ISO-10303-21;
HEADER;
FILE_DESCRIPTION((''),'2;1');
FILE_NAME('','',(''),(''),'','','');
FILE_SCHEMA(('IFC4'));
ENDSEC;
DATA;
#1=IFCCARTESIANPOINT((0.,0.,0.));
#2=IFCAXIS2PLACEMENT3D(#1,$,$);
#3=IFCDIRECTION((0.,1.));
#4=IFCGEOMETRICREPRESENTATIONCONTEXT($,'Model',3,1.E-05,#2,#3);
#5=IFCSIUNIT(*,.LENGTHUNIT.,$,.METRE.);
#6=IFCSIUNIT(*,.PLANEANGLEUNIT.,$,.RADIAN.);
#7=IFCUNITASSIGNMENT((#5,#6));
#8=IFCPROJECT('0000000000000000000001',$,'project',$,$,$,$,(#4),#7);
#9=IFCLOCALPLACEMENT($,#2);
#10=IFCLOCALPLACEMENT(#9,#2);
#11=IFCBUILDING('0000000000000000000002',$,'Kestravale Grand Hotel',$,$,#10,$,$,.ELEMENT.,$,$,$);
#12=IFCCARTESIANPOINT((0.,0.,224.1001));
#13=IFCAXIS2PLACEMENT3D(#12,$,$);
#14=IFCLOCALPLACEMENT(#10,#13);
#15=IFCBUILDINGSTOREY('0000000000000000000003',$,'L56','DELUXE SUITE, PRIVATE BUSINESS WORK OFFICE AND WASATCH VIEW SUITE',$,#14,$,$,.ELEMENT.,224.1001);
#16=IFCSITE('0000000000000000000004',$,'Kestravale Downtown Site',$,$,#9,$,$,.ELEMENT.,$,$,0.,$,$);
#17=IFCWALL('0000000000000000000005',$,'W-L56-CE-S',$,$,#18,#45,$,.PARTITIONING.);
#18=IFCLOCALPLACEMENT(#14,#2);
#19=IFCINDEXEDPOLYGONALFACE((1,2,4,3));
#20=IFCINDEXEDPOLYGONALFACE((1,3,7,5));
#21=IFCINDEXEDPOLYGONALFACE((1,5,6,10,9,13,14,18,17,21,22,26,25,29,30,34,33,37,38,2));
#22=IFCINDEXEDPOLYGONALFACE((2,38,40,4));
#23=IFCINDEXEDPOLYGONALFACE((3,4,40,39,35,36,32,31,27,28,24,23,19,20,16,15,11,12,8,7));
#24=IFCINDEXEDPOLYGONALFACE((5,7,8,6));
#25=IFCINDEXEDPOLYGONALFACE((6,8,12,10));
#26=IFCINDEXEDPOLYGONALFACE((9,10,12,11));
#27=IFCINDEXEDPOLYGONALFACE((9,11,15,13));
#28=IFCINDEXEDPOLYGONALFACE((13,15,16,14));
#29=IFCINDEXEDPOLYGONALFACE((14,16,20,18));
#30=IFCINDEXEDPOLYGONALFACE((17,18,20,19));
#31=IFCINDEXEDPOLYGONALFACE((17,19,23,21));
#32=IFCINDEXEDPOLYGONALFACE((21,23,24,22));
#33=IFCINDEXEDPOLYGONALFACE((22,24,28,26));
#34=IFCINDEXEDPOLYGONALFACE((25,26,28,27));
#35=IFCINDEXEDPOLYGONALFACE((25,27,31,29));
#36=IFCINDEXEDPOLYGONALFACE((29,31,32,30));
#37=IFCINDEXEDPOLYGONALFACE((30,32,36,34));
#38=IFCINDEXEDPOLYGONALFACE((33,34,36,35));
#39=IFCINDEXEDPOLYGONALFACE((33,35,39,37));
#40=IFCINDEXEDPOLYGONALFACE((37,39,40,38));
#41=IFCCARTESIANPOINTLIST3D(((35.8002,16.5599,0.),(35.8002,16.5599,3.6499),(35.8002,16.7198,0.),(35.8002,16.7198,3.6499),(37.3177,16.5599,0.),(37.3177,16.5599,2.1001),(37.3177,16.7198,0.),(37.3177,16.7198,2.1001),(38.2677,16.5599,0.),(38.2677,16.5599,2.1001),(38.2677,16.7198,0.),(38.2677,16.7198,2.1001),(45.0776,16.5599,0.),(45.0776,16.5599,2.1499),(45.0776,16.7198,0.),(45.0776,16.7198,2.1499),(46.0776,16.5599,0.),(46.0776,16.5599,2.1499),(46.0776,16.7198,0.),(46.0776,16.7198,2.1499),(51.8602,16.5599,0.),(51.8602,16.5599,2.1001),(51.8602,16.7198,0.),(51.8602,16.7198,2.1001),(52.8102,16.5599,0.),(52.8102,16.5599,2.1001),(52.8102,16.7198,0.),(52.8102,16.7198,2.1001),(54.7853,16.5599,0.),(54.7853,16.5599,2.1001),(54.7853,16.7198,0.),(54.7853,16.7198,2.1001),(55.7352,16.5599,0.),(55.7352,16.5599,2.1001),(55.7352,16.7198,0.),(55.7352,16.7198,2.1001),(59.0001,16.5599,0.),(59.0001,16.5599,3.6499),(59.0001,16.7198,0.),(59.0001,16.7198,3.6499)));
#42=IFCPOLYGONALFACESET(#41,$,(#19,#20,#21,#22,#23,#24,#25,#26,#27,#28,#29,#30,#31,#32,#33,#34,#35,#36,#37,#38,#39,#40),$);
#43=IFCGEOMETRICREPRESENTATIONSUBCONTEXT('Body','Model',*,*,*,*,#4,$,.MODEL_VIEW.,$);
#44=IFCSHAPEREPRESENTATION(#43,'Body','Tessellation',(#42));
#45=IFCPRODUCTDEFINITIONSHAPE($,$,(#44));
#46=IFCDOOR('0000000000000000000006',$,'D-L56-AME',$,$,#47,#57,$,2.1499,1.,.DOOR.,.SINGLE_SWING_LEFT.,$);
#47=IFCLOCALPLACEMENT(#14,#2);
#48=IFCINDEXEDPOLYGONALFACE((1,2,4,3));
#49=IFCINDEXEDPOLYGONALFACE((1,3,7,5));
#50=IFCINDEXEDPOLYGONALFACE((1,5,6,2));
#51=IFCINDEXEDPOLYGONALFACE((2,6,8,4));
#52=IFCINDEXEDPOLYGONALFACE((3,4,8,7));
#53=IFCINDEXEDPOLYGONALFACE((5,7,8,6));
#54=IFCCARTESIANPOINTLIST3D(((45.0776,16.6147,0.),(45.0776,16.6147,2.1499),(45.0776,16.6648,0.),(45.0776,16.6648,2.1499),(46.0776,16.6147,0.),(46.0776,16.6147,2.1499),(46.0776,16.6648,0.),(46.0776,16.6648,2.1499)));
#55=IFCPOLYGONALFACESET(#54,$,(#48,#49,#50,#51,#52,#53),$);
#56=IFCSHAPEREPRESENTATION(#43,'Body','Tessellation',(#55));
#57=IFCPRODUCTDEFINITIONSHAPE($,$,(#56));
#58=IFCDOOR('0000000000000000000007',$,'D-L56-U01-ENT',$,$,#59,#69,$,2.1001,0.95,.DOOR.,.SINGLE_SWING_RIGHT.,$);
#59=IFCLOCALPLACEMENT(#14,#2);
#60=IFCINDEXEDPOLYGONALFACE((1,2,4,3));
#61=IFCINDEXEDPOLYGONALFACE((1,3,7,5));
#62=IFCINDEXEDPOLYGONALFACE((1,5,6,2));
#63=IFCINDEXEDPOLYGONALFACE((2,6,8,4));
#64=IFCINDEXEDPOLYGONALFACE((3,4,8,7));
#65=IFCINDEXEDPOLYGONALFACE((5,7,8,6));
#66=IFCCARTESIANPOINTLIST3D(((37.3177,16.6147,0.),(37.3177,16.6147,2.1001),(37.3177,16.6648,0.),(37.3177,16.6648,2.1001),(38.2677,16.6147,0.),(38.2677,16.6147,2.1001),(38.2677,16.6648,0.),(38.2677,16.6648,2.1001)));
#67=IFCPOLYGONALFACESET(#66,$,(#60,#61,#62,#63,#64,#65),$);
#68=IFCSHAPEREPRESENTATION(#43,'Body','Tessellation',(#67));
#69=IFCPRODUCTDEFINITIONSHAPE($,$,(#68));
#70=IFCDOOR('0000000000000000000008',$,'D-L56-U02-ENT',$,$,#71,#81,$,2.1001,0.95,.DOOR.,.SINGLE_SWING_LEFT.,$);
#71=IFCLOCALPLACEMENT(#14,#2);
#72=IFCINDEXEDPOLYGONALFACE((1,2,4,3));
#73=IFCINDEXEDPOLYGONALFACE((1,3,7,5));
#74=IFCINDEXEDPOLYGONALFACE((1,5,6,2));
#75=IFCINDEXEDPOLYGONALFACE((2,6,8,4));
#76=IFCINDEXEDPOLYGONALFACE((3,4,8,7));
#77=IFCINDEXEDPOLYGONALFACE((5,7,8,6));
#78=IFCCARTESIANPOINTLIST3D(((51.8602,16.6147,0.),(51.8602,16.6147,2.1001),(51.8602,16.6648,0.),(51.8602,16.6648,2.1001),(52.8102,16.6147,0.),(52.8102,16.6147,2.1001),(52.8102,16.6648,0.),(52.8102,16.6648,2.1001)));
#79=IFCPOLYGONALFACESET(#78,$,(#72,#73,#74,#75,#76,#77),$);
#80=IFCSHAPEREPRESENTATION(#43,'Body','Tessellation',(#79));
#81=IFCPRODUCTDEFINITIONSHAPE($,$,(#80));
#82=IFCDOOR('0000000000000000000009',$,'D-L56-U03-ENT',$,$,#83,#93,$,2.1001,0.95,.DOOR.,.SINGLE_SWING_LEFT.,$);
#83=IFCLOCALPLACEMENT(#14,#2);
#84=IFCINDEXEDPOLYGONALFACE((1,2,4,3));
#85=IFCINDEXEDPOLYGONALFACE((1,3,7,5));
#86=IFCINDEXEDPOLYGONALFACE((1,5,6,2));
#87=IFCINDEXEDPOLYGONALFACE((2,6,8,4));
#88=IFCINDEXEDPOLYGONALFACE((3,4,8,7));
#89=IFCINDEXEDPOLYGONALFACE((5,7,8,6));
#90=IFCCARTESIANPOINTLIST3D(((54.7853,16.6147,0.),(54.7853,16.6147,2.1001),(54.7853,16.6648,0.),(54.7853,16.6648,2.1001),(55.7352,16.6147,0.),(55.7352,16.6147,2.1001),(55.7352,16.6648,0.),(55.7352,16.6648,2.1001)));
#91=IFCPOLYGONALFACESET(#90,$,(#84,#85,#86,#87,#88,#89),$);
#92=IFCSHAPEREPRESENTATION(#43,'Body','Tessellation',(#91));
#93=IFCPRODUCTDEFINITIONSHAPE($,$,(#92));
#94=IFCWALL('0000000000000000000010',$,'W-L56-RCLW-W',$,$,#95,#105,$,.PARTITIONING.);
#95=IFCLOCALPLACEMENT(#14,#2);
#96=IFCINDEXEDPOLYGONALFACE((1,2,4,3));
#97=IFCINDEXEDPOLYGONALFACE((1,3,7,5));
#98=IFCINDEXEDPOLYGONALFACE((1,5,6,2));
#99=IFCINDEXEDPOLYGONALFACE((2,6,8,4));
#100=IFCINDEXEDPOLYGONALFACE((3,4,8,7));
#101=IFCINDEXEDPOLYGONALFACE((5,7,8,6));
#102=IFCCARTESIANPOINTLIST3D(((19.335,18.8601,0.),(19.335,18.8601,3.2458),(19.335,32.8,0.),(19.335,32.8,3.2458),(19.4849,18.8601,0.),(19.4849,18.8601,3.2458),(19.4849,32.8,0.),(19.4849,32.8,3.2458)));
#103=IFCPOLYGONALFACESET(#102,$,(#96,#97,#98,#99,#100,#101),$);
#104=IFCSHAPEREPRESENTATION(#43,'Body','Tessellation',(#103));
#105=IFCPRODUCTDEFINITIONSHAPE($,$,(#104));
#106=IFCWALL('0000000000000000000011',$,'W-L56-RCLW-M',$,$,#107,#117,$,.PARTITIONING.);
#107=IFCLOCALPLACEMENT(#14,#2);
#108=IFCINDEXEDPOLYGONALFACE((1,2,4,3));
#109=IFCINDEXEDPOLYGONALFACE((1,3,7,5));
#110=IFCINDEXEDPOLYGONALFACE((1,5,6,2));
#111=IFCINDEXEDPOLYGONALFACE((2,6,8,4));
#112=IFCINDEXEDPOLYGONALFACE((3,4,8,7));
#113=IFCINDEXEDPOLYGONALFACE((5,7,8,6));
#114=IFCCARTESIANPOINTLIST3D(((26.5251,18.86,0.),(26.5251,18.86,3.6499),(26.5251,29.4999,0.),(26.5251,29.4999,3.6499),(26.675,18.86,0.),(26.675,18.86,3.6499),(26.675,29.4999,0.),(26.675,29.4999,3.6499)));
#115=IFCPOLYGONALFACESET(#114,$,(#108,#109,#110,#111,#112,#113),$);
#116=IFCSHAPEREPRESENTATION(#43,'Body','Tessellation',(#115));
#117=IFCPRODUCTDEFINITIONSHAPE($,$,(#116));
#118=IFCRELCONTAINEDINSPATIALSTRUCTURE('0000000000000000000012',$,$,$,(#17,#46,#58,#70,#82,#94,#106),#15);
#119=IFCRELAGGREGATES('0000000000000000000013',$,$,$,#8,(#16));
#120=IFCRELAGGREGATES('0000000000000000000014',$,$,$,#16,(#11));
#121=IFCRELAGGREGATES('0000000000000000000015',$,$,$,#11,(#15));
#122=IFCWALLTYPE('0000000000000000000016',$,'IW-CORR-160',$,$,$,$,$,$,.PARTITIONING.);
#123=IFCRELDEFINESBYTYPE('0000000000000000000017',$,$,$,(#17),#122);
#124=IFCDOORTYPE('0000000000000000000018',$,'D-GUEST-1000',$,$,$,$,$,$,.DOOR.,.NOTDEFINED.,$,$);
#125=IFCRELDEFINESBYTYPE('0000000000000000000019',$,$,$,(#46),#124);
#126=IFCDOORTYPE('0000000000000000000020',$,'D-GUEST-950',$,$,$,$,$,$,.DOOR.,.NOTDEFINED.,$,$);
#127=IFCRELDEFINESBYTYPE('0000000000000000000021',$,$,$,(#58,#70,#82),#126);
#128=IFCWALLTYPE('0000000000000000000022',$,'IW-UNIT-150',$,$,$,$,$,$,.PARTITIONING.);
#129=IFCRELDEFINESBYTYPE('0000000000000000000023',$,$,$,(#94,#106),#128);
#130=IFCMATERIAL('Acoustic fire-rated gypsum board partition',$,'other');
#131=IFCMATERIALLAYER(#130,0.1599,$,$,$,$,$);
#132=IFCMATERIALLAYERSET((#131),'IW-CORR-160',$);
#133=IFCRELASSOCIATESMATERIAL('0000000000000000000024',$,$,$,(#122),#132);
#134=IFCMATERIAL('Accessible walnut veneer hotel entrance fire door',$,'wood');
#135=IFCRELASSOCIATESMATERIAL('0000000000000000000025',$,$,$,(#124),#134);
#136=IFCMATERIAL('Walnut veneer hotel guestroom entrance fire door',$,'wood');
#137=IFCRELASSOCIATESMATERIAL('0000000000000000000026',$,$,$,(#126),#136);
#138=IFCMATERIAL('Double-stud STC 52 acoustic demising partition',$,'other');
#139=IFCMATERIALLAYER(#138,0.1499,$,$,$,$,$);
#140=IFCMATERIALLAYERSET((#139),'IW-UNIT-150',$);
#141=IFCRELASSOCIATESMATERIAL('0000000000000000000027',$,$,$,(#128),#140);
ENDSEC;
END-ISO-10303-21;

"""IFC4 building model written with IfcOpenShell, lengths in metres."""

from ifc_helpers import new_model, si_unit, direction, frame, frame_2d, origin, place, context, subcontext, project, spatial, rectangle, extrude, material, layer, layer_set, type_object, element, fill, save


model = new_model("IFC4")

# Units and contexts
model_context = context("Model", 3, precision=1e-05, world=origin(), true_north=direction((0.0, 1.0)))
body_context = subcontext(model_context, "Body", "Model", "MODEL_VIEW")
ifc_project = project(units=[si_unit("LENGTHUNIT", "METRE"), si_unit("PLANEANGLEUNIT", "RADIAN")], contexts=[model_context])

# Site, building, storey
site_placement = place(None, origin())
site = spatial("IfcSite", under=ifc_project, at=site_placement, Name="Kestravale Downtown Site", CompositionType="ELEMENT", RefElevation=0.0)
building_placement = place(site_placement, origin())
building = spatial("IfcBuilding", under=site, at=building_placement, Name="Kestravale Grand Hotel", CompositionType="ELEMENT")
storey_placement = place(building_placement, frame((0.0, 0.0, 224.1001)))
storey = spatial("IfcBuildingStorey", under=building, at=storey_placement, Name="L56", Description="DELUXE SUITE, PRIVATE BUSINESS WORK OFFICE AND WASATCH VIEW SUITE", CompositionType="ELEMENT", Elevation=224.1001)

# Shared definitions
ifc_material_1 = material(Name="Acoustic fire-rated gypsum board partition", Category="other")
ifc_layer_1 = layer(ifc_material_1, 0.1599)
ifc_layer_set_1 = layer_set([ifc_layer_1], Name="IW-CORR-160")
wall_type_1 = type_object("IfcWallType", Name="IW-CORR-160", PredefinedType="PARTITIONING", material=ifc_layer_set_1)
ifc_material_2 = material(Name="Accessible walnut veneer hotel entrance fire door", Category="wood")
door_type_1 = type_object("IfcDoorType", Name="D-GUEST-1000", OperationType="NOTDEFINED", PredefinedType="DOOR", material=ifc_material_2)

# Wall, openings, doors
wall_1_placement = place(storey_placement, frame((35.8, 16.6399, 0.0), z_axis=(0.0, 0.0, 1.0), x_axis=(1.0, 0.0, 0.0)))
wall_1 = element("IfcWall", 1, at=wall_1_placement, inside=storey, type_object=wall_type_1, Name="W-L56-CE-S", PredefinedType="PARTITIONING", context=body_context, shape_type="SweptSolid", body=[
    extrude(rectangle(XDim=23.2, YDim=0.1599, at=frame_2d((11.6001, 0.0))), origin(), (0.0, 0.0, 1.0), 3.6499),
])
opening_1_placement = place(wall_1_placement, frame((1.5176, 0.0, 0.0)))
opening_1 = element("IfcOpeningElement", 2, at=opening_1_placement, cuts=wall_1, PredefinedType="OPENING", context=body_context, shape_type="SweptSolid", body=[
    extrude(rectangle(XDim=0.95, YDim=2.1001, at=frame_2d((0.4751, 1.05))), frame((0.0, 0.0898, 0.0), z_axis=(0.0, -1.0, 0.0), x_axis=(1.0, 0.0, 0.0)), (0.0, 0.0, 1.0), 0.1799),
])
opening_2_placement = place(wall_1_placement, frame((9.2776, 0.0, 0.0)))
opening_2 = element("IfcOpeningElement", 3, at=opening_2_placement, cuts=wall_1, PredefinedType="OPENING", context=body_context, shape_type="SweptSolid", body=[
    extrude(rectangle(XDim=1.0, YDim=2.1499, at=frame_2d((0.5, 1.075))), frame((0.0, 0.0898, 0.0), z_axis=(0.0, -1.0, 0.0), x_axis=(1.0, 0.0, 0.0)), (0.0, 0.0, 1.0), 0.1799),
])
opening_3_placement = place(wall_1_placement, frame((16.0601, 0.0, 0.0)))
opening_3 = element("IfcOpeningElement", 4, at=opening_3_placement, cuts=wall_1, PredefinedType="OPENING", context=body_context, shape_type="SweptSolid", body=[
    extrude(rectangle(XDim=0.95, YDim=2.1001, at=frame_2d((0.4751, 1.05))), frame((0.0, 0.0898, 0.0), z_axis=(0.0, -1.0, 0.0), x_axis=(1.0, 0.0, 0.0)), (0.0, 0.0, 1.0), 0.1799),
])
opening_4_placement = place(wall_1_placement, frame((18.9851, 0.0, 0.0)))
opening_4 = element("IfcOpeningElement", 5, at=opening_4_placement, cuts=wall_1, PredefinedType="OPENING", context=body_context, shape_type="SweptSolid", body=[
    extrude(rectangle(XDim=0.95, YDim=2.1001, at=frame_2d((0.4751, 1.05))), frame((0.0, 0.0898, 0.0), z_axis=(0.0, -1.0, 0.0), x_axis=(1.0, 0.0, 0.0)), (0.0, 0.0, 1.0), 0.1799),
])
door_1_placement = place(opening_2_placement, origin())
door_1 = element("IfcDoor", 6, at=door_1_placement, inside=storey, type_object=door_type_1, Name="D-L56-AME", OperationType="SINGLE_SWING_LEFT", OverallHeight=2.1499, OverallWidth=1.0, PredefinedType="DOOR", context=body_context, shape_type="SweptSolid", body=[
    extrude(rectangle(XDim=1.0, YDim=2.1499, at=frame_2d((0.5, 1.075))), frame((0.0, 0.0249, 0.0), z_axis=(0.0, -1.0, 0.0), x_axis=(1.0, 0.0, 0.0)), (0.0, 0.0, 1.0), 0.05),
])
fill(opening_2, door_1)
ifc_material_3 = material(Name="Walnut veneer hotel guestroom entrance fire door", Category="wood")
door_type_2 = type_object("IfcDoorType", Name="D-GUEST-950", OperationType="NOTDEFINED", PredefinedType="DOOR", material=ifc_material_3)
door_2_placement = place(opening_1_placement, origin())
door_2 = element("IfcDoor", 7, at=door_2_placement, inside=storey, type_object=door_type_2, Name="D-L56-U01-ENT", OperationType="SINGLE_SWING_RIGHT", OverallHeight=2.1001, OverallWidth=0.95, PredefinedType="DOOR", context=body_context, shape_type="SweptSolid", body=[
    extrude(rectangle(XDim=0.95, YDim=2.1001, at=frame_2d((0.4751, 1.05))), frame((0.0, 0.0249, 0.0), z_axis=(0.0, -1.0, 0.0), x_axis=(1.0, 0.0, 0.0)), (0.0, 0.0, 1.0), 0.05),
])
fill(opening_1, door_2)
door_3_placement = place(opening_3_placement, origin())
door_3 = element("IfcDoor", 8, at=door_3_placement, inside=storey, type_object=door_type_2, Name="D-L56-U02-ENT", OperationType="SINGLE_SWING_LEFT", OverallHeight=2.1001, OverallWidth=0.95, PredefinedType="DOOR", context=body_context, shape_type="SweptSolid", body=[
    extrude(rectangle(XDim=0.95, YDim=2.1001, at=frame_2d((0.4751, 1.05))), frame((0.0, 0.0249, 0.0), z_axis=(0.0, -1.0, 0.0), x_axis=(1.0, 0.0, 0.0)), (0.0, 0.0, 1.0), 0.05),
])
fill(opening_3, door_3)
door_4_placement = place(opening_4_placement, origin())
door_4 = element("IfcDoor", 9, at=door_4_placement, inside=storey, type_object=door_type_2, Name="D-L56-U03-ENT", OperationType="SINGLE_SWING_LEFT", OverallHeight=2.1001, OverallWidth=0.95, PredefinedType="DOOR", context=body_context, shape_type="SweptSolid", body=[
    extrude(rectangle(XDim=0.95, YDim=2.1001, at=frame_2d((0.4751, 1.05))), frame((0.0, 0.0249, 0.0), z_axis=(0.0, -1.0, 0.0), x_axis=(1.0, 0.0, 0.0)), (0.0, 0.0, 1.0), 0.05),
])
fill(opening_4, door_4)

# Walls
ifc_material_4 = material(Name="Double-stud STC 52 acoustic demising partition", Category="other")
ifc_layer_2 = layer(ifc_material_4, 0.1499)
ifc_layer_set_2 = layer_set([ifc_layer_2], Name="IW-UNIT-150")
wall_type_2 = type_object("IfcWallType", Name="IW-UNIT-150", PredefinedType="PARTITIONING", material=ifc_layer_set_2)
wall_2_placement = place(storey_placement, frame((19.4099, 18.8601, 0.0), z_axis=(0.0, 0.0, 1.0), x_axis=(0.0, 1.0, 0.0)))
element("IfcWall", 10, at=wall_2_placement, inside=storey, type_object=wall_type_2, Name="W-L56-RCLW-W", PredefinedType="PARTITIONING", context=body_context, shape_type="SweptSolid", body=[
    extrude(rectangle(XDim=13.9399, YDim=0.1499, at=frame_2d((6.97, 0.0))), origin(), (0.0, 0.0, 1.0), 3.2458),
])
wall_3_placement = place(storey_placement, frame((26.6001, 18.8601, 0.0), z_axis=(0.0, 0.0, 1.0), x_axis=(0.0, 1.0, 0.0)))
element("IfcWall", 11, at=wall_3_placement, inside=storey, type_object=wall_type_2, Name="W-L56-RCLW-M", PredefinedType="PARTITIONING", context=body_context, shape_type="SweptSolid", body=[
    extrude(rectangle(XDim=10.6399, YDim=0.1499, at=frame_2d((5.3198, 0.0))), origin(), (0.0, 0.0, 1.0), 3.6499),
])

save(model, "model.ifc")
